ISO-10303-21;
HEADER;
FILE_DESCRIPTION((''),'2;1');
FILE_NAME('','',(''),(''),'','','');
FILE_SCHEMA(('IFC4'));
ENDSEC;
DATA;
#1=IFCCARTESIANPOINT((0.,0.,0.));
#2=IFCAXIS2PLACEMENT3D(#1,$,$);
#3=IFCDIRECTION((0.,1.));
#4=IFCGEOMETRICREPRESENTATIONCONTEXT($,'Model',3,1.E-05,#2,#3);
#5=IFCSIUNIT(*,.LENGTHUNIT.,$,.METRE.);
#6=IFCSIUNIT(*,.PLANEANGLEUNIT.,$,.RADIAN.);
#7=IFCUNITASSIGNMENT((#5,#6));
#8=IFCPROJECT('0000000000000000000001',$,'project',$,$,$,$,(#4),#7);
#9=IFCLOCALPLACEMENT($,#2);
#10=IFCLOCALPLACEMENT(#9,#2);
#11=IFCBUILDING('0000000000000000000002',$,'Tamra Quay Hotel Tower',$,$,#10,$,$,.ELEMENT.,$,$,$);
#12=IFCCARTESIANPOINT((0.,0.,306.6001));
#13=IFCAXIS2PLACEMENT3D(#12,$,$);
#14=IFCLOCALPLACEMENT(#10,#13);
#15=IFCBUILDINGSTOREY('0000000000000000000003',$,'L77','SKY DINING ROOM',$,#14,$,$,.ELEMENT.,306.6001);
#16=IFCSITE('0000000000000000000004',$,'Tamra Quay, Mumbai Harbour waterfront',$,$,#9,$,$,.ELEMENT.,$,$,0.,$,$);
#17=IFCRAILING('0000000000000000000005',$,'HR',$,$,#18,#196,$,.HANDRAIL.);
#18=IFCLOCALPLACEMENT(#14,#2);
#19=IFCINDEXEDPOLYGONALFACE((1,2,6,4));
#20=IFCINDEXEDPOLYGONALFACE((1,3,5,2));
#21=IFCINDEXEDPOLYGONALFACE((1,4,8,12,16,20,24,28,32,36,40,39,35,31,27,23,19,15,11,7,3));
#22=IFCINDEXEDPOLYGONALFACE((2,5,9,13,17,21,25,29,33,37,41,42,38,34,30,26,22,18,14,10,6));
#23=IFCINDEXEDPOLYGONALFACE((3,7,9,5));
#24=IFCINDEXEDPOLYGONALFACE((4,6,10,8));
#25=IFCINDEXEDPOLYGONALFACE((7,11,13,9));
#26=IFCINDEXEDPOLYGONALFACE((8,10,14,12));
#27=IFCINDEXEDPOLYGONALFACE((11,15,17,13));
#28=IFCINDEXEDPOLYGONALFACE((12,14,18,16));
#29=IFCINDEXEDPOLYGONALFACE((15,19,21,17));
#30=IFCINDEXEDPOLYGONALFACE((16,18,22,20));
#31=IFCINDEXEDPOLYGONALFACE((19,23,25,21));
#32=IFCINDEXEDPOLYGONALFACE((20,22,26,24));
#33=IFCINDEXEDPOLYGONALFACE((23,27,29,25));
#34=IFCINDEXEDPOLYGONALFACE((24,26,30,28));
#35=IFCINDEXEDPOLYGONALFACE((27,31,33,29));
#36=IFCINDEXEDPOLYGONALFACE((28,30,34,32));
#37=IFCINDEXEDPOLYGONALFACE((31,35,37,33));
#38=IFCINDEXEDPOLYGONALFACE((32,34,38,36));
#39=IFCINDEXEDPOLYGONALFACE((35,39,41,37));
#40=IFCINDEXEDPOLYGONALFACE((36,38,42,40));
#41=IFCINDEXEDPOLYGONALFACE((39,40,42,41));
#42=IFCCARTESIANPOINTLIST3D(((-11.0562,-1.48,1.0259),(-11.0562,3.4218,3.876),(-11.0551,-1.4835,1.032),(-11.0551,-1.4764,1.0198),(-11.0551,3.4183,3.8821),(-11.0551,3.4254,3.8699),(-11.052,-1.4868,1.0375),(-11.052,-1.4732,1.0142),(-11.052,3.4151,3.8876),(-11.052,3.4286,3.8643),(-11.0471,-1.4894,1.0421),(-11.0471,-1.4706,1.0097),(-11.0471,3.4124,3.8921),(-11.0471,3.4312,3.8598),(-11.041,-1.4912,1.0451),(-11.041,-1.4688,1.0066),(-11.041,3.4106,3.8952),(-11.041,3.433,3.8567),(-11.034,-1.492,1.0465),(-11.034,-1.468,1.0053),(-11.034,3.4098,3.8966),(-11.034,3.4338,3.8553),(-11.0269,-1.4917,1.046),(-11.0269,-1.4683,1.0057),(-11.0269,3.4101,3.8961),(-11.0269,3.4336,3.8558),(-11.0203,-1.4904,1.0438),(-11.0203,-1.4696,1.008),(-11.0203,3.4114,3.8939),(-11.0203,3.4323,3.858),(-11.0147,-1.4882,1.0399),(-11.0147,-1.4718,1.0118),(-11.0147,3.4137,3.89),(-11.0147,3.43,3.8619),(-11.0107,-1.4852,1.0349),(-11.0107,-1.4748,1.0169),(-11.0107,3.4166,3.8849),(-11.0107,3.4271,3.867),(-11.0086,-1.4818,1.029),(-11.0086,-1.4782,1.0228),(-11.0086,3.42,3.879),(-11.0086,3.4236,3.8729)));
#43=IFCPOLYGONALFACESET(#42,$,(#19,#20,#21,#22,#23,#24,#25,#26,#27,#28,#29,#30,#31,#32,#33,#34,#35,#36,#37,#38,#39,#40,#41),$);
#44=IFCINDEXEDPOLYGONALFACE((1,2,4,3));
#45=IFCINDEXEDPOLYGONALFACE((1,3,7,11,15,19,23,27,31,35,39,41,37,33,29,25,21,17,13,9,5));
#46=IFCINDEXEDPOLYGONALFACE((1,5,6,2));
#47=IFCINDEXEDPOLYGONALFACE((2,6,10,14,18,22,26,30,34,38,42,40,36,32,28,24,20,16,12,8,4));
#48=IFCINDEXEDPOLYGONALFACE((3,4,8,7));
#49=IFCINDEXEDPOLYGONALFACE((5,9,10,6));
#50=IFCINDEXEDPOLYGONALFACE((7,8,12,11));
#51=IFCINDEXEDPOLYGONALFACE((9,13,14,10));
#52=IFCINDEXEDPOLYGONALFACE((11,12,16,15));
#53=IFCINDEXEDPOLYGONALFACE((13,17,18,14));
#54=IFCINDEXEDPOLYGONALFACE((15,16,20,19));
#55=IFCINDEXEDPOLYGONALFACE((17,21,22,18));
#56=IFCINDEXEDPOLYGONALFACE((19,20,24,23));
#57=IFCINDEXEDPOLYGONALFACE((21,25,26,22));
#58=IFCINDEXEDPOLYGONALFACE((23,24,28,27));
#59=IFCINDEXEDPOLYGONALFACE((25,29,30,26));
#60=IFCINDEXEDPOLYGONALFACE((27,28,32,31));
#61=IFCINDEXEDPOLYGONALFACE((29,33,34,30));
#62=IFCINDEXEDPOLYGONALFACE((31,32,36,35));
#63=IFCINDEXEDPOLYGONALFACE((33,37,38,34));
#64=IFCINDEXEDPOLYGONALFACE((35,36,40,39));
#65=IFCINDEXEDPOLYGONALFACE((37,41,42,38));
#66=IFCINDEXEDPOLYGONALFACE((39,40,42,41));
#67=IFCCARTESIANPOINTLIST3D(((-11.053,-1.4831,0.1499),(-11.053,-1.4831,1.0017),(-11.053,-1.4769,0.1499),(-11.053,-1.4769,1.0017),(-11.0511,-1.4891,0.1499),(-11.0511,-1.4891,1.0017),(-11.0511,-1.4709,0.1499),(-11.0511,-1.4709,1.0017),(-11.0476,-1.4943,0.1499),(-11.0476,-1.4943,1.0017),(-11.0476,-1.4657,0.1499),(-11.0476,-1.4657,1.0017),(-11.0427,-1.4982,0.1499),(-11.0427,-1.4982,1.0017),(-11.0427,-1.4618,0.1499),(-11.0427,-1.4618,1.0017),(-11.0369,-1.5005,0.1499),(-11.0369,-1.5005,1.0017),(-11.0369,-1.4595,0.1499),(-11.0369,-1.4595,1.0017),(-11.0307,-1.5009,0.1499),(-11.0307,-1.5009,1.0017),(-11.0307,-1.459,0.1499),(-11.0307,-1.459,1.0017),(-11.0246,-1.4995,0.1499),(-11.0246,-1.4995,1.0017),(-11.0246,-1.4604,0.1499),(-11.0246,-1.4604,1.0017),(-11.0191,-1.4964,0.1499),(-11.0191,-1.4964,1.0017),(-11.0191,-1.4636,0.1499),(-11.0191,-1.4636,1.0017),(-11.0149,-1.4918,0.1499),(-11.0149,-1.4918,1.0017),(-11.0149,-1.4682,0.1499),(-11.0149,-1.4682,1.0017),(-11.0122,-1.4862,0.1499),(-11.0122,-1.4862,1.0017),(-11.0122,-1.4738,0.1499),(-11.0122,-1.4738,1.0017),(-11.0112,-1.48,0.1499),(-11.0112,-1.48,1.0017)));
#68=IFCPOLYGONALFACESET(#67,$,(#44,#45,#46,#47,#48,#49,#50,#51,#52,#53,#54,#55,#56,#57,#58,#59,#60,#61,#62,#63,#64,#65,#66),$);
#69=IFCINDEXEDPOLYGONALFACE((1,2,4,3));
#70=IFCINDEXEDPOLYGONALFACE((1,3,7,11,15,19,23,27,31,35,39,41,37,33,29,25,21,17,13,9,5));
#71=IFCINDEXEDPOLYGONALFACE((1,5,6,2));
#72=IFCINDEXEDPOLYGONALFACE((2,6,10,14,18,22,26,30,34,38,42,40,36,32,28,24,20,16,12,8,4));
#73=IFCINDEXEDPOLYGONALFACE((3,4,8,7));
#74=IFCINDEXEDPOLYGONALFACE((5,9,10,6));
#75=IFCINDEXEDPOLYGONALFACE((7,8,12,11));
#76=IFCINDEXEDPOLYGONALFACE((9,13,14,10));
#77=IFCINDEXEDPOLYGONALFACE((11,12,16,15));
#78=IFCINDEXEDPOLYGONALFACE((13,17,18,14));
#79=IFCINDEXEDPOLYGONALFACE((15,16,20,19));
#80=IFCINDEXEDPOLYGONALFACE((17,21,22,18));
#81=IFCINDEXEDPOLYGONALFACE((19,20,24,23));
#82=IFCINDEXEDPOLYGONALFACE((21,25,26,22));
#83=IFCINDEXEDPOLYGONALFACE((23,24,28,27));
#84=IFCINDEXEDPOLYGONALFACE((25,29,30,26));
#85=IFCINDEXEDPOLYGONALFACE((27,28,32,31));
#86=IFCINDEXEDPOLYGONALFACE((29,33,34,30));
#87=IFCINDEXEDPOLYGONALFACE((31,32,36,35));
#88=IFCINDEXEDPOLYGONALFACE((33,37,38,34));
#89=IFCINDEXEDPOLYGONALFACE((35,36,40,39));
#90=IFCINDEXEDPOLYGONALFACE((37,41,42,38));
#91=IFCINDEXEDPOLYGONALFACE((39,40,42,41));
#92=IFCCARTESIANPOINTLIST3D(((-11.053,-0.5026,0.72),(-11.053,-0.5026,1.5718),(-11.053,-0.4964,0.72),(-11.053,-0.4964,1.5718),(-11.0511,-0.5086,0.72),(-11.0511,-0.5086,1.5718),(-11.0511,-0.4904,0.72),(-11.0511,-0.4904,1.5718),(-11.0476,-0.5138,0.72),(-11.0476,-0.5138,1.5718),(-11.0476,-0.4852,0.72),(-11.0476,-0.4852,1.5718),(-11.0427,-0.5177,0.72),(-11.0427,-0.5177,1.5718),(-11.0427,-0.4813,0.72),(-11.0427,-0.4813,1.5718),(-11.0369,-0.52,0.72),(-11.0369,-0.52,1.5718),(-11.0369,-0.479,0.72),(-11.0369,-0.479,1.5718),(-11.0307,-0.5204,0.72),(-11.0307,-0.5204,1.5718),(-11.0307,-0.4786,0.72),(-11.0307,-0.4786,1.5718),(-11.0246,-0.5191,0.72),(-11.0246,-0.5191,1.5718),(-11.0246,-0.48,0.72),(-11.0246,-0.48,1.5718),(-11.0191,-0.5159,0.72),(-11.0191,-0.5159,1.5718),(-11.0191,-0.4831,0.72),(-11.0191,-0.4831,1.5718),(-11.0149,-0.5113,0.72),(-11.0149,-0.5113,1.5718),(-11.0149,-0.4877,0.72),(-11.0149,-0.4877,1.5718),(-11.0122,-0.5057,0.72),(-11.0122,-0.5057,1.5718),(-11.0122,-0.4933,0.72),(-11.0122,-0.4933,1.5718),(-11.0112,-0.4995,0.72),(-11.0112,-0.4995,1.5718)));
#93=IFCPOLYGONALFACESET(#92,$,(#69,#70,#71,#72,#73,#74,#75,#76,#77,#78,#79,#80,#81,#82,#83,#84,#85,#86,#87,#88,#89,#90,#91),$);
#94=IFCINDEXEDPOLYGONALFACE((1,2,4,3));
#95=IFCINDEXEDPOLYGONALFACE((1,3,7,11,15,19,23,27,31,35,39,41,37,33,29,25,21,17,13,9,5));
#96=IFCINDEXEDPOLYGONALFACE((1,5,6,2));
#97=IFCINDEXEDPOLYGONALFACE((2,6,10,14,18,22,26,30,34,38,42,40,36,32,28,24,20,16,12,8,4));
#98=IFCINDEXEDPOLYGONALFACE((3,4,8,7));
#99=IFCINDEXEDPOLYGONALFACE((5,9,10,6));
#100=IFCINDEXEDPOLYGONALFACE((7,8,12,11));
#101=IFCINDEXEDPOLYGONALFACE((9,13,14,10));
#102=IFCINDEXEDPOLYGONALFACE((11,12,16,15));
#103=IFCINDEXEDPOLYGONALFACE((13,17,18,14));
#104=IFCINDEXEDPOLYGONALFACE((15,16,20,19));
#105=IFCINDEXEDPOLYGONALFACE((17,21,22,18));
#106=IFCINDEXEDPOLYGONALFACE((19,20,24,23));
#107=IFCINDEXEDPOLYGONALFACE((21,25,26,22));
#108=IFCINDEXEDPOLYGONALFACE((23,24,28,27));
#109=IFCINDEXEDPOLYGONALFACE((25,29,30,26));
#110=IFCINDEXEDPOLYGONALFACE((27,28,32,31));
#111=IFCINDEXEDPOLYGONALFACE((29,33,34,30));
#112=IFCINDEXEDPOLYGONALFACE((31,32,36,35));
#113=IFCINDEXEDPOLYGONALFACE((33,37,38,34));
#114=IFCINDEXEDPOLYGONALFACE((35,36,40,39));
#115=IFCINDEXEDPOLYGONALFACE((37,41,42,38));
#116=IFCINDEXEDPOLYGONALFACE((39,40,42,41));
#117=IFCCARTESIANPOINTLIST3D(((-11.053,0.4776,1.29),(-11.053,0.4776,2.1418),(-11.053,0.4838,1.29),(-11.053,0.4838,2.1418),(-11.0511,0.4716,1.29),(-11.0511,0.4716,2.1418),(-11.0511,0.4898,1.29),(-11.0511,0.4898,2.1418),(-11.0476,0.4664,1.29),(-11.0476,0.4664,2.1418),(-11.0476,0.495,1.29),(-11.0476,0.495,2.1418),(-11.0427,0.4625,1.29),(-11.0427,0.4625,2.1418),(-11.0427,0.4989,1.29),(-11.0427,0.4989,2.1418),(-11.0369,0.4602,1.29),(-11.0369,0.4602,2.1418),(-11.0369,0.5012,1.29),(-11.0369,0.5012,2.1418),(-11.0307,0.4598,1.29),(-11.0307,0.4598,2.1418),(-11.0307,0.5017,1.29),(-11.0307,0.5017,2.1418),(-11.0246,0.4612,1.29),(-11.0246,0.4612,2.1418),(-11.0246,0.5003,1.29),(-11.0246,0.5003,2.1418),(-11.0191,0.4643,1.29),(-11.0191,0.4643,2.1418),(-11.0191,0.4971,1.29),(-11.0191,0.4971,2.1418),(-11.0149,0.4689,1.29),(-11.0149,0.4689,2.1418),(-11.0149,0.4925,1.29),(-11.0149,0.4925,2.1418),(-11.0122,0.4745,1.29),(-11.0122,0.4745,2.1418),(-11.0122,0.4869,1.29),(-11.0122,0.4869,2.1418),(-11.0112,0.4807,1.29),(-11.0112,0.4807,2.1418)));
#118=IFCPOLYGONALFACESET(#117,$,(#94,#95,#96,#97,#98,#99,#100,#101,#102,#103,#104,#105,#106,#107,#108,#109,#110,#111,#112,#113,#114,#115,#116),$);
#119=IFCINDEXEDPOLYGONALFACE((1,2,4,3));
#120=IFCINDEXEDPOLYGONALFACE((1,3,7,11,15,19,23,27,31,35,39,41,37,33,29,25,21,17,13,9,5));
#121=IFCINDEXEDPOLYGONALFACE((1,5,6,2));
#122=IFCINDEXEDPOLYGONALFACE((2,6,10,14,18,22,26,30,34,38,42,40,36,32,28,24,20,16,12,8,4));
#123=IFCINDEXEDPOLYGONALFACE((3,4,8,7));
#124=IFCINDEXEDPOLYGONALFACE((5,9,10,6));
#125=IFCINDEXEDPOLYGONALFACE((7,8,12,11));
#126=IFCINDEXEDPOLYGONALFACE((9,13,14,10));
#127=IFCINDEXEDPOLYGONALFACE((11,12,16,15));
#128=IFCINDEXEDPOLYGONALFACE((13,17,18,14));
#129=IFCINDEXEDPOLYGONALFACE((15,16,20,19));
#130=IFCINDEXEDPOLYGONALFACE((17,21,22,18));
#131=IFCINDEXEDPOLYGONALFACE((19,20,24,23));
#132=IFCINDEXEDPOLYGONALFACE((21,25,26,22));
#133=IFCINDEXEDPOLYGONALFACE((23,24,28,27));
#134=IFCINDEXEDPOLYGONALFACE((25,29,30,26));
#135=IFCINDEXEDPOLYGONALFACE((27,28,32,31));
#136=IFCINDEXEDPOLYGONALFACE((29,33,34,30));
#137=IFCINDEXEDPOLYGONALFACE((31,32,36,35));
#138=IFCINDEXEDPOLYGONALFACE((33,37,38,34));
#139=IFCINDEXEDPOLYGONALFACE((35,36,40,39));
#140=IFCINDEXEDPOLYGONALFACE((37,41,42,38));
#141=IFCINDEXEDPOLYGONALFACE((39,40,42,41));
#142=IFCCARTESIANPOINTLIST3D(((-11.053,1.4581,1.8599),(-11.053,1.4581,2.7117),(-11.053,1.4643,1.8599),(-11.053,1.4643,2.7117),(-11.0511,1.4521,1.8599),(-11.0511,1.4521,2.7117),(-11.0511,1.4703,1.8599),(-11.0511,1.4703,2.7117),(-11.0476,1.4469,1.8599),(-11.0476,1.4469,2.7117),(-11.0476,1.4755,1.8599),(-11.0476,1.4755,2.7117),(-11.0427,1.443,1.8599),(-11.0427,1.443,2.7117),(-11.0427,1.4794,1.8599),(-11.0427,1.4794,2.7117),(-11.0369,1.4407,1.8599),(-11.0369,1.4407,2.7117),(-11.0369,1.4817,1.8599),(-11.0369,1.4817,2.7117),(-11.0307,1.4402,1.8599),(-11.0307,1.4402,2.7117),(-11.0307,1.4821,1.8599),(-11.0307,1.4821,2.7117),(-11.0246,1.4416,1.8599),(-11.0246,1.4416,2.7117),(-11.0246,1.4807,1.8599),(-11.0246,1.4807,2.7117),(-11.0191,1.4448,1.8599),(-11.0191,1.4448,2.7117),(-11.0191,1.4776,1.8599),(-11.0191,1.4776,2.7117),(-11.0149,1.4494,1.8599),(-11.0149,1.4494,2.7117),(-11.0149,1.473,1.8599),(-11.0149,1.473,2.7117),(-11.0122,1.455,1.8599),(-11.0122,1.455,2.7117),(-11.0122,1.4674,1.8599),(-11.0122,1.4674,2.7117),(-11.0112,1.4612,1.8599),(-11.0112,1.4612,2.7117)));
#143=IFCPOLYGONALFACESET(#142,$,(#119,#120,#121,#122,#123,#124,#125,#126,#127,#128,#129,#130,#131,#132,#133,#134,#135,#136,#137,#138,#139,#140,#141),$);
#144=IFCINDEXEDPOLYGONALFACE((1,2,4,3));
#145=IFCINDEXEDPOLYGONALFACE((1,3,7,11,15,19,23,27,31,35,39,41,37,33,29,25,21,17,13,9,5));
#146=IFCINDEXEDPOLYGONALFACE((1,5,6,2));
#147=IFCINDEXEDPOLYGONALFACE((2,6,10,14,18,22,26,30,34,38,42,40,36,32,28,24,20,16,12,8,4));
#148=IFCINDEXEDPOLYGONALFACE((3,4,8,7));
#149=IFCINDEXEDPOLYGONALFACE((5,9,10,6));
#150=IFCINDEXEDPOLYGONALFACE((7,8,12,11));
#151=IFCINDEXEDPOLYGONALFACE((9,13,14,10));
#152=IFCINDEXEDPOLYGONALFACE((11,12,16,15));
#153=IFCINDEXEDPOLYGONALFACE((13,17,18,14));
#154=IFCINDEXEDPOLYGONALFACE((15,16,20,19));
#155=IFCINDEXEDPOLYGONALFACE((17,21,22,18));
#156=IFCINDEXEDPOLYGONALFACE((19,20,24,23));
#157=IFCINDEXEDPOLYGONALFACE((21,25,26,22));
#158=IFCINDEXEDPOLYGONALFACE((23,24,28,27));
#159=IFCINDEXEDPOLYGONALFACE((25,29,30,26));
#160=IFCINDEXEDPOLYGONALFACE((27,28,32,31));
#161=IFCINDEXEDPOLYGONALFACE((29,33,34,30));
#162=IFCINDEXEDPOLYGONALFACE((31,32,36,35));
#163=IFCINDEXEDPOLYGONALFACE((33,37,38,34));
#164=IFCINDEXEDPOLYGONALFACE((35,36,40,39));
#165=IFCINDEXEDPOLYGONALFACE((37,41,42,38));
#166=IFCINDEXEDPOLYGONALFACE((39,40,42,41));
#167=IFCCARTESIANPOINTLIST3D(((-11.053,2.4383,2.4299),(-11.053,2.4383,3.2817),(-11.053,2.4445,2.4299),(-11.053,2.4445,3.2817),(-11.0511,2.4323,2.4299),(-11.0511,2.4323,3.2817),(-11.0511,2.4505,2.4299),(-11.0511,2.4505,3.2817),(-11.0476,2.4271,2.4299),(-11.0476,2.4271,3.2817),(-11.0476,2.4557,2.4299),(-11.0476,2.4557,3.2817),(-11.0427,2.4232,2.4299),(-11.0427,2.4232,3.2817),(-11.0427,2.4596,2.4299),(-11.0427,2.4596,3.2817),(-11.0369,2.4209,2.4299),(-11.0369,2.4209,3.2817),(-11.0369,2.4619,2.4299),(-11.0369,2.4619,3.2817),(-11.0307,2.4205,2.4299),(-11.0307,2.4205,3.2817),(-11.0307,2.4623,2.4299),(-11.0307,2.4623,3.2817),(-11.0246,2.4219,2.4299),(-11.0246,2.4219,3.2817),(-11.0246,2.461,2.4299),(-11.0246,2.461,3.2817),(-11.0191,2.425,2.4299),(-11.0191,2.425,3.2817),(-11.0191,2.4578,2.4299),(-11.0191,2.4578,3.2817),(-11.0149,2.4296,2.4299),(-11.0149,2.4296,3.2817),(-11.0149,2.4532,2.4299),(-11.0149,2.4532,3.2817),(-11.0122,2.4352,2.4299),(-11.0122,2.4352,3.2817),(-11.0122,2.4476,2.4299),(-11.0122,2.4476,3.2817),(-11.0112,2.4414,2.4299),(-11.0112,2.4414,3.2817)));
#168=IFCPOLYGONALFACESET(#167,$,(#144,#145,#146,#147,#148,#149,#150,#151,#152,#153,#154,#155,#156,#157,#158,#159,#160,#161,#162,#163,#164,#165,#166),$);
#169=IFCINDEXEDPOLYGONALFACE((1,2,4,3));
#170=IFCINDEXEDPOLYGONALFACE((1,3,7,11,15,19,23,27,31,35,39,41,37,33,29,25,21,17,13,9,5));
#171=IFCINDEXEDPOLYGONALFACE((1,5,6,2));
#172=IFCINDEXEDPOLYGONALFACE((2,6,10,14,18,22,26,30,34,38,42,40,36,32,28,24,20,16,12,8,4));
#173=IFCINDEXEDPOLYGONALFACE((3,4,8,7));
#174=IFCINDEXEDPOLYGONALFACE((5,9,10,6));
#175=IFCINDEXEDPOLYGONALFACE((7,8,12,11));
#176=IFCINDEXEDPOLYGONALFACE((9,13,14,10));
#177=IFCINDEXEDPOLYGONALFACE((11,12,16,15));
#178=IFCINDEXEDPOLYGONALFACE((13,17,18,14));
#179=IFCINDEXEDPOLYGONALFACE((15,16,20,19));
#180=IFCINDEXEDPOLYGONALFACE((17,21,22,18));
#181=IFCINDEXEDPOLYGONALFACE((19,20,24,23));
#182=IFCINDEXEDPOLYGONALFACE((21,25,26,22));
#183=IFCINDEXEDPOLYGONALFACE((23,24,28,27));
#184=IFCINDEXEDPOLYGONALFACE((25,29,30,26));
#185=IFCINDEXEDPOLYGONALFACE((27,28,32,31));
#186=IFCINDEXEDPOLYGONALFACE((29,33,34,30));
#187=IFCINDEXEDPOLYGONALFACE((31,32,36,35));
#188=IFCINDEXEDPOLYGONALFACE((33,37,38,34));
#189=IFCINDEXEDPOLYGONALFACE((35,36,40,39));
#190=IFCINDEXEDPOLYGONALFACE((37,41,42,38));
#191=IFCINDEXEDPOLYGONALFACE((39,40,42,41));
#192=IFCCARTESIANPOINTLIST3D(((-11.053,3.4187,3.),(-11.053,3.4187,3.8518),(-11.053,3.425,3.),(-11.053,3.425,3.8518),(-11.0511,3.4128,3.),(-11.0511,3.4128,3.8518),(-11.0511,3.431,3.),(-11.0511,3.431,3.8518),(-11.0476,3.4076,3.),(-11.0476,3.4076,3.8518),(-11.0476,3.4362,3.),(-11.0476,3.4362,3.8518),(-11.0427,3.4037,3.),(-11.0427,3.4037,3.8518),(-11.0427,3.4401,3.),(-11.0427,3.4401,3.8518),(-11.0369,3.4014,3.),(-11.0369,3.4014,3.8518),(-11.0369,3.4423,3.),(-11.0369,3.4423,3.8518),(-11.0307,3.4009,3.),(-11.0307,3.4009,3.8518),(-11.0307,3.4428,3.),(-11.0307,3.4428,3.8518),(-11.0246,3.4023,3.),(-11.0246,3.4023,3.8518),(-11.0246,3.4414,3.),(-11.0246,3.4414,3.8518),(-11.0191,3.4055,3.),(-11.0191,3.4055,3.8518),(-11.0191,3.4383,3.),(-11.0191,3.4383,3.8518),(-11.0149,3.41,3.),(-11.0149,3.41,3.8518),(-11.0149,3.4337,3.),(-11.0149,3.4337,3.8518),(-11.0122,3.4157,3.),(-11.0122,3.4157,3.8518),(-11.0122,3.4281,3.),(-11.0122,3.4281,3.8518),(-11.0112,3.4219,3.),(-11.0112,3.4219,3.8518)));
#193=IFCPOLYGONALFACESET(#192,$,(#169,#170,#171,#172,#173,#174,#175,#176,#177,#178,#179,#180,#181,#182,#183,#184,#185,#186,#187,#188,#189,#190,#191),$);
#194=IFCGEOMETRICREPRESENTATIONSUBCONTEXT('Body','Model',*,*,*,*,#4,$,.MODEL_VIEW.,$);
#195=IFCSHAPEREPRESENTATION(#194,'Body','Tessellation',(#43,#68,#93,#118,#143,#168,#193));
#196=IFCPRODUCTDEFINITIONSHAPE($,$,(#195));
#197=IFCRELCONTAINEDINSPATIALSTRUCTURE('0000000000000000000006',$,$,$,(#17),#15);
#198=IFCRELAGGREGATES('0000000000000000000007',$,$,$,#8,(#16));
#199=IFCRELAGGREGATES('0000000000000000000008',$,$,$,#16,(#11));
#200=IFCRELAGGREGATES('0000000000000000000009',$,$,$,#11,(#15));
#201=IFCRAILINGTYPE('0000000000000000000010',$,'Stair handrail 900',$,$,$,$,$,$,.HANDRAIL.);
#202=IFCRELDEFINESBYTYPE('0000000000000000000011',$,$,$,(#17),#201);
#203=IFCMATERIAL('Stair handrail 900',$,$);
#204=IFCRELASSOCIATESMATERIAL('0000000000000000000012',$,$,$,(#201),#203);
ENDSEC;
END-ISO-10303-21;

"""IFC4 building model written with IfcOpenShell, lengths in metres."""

from ifc_helpers import new_model, si_unit, direction, frame, origin, origin_2d, place, context, subcontext, project, spatial, circle, extrude, material, type_object, element, save


model = new_model("IFC4")

# Units and contexts
model_context = context("Model", 3, precision=1e-05, world=origin(), true_north=direction((0.0, 1.0)))
body_context = subcontext(model_context, "Body", "Model", "MODEL_VIEW")
ifc_project = project(units=[si_unit("LENGTHUNIT", "METRE"), si_unit("PLANEANGLEUNIT", "RADIAN")], contexts=[model_context])

# Site, building, storey
site_placement = place(None, origin())
site = spatial("IfcSite", under=ifc_project, at=site_placement, Name="Tamra Quay, Mumbai Harbour waterfront", CompositionType="ELEMENT", RefElevation=0.0)
building_placement = place(site_placement, origin())
building = spatial("IfcBuilding", under=site, at=building_placement, Name="Tamra Quay Hotel Tower", CompositionType="ELEMENT")
storey_placement = place(building_placement, frame((0.0, 0.0, 306.6001)))
storey = spatial("IfcBuildingStorey", under=building, at=storey_placement, Name="L77", Description="SKY DINING ROOM", CompositionType="ELEMENT", Elevation=306.6001)

# Railing
ifc_material_1 = material(Name="Stair handrail 900")
railing_type = type_object("IfcRailingType", Name="Stair handrail 900", PredefinedType="HANDRAIL", material=ifc_material_1)
railing_placement = place(storey_placement, frame((-11.0322, -1.48, 0.1499)))
element("IfcRailing", 1, at=railing_placement, inside=storey, type_object=railing_type, Name="HR", PredefinedType="HANDRAIL", context=body_context, shape_type="SweptSolid", body=[
    extrude(circle(Radius=0.0239, at=origin_2d()), frame((0.0, 0.0, 0.876), z_axis=(0.0, 0.864493, 0.502644), x_axis=(-1.0, 0.0, 0.0)), (0.0, 0.0, 1.0), 5.6702),
    extrude(circle(Radius=0.021, at=origin_2d()), origin(), (0.0, 0.0, 1.0), 0.8518),
    extrude(circle(Radius=0.021, at=origin_2d()), frame((0.0, 0.9805, 0.5701)), (0.0, 0.0, 1.0), 0.8518),
    extrude(circle(Radius=0.021, at=origin_2d()), frame((0.0, 1.9607, 1.1401)), (0.0, 0.0, 1.0), 0.8518),
    extrude(circle(Radius=0.021, at=origin_2d()), frame((0.0, 2.9412, 1.71)), (0.0, 0.0, 1.0), 0.8518),
    extrude(circle(Radius=0.021, at=origin_2d()), frame((0.0, 3.9214, 2.28)), (0.0, 0.0, 1.0), 0.8518),
    extrude(circle(Radius=0.021, at=origin_2d()), frame((0.0, 4.9019, 2.8501)), (0.0, 0.0, 1.0), 0.8518),
])

save(model, "model.ifc")
